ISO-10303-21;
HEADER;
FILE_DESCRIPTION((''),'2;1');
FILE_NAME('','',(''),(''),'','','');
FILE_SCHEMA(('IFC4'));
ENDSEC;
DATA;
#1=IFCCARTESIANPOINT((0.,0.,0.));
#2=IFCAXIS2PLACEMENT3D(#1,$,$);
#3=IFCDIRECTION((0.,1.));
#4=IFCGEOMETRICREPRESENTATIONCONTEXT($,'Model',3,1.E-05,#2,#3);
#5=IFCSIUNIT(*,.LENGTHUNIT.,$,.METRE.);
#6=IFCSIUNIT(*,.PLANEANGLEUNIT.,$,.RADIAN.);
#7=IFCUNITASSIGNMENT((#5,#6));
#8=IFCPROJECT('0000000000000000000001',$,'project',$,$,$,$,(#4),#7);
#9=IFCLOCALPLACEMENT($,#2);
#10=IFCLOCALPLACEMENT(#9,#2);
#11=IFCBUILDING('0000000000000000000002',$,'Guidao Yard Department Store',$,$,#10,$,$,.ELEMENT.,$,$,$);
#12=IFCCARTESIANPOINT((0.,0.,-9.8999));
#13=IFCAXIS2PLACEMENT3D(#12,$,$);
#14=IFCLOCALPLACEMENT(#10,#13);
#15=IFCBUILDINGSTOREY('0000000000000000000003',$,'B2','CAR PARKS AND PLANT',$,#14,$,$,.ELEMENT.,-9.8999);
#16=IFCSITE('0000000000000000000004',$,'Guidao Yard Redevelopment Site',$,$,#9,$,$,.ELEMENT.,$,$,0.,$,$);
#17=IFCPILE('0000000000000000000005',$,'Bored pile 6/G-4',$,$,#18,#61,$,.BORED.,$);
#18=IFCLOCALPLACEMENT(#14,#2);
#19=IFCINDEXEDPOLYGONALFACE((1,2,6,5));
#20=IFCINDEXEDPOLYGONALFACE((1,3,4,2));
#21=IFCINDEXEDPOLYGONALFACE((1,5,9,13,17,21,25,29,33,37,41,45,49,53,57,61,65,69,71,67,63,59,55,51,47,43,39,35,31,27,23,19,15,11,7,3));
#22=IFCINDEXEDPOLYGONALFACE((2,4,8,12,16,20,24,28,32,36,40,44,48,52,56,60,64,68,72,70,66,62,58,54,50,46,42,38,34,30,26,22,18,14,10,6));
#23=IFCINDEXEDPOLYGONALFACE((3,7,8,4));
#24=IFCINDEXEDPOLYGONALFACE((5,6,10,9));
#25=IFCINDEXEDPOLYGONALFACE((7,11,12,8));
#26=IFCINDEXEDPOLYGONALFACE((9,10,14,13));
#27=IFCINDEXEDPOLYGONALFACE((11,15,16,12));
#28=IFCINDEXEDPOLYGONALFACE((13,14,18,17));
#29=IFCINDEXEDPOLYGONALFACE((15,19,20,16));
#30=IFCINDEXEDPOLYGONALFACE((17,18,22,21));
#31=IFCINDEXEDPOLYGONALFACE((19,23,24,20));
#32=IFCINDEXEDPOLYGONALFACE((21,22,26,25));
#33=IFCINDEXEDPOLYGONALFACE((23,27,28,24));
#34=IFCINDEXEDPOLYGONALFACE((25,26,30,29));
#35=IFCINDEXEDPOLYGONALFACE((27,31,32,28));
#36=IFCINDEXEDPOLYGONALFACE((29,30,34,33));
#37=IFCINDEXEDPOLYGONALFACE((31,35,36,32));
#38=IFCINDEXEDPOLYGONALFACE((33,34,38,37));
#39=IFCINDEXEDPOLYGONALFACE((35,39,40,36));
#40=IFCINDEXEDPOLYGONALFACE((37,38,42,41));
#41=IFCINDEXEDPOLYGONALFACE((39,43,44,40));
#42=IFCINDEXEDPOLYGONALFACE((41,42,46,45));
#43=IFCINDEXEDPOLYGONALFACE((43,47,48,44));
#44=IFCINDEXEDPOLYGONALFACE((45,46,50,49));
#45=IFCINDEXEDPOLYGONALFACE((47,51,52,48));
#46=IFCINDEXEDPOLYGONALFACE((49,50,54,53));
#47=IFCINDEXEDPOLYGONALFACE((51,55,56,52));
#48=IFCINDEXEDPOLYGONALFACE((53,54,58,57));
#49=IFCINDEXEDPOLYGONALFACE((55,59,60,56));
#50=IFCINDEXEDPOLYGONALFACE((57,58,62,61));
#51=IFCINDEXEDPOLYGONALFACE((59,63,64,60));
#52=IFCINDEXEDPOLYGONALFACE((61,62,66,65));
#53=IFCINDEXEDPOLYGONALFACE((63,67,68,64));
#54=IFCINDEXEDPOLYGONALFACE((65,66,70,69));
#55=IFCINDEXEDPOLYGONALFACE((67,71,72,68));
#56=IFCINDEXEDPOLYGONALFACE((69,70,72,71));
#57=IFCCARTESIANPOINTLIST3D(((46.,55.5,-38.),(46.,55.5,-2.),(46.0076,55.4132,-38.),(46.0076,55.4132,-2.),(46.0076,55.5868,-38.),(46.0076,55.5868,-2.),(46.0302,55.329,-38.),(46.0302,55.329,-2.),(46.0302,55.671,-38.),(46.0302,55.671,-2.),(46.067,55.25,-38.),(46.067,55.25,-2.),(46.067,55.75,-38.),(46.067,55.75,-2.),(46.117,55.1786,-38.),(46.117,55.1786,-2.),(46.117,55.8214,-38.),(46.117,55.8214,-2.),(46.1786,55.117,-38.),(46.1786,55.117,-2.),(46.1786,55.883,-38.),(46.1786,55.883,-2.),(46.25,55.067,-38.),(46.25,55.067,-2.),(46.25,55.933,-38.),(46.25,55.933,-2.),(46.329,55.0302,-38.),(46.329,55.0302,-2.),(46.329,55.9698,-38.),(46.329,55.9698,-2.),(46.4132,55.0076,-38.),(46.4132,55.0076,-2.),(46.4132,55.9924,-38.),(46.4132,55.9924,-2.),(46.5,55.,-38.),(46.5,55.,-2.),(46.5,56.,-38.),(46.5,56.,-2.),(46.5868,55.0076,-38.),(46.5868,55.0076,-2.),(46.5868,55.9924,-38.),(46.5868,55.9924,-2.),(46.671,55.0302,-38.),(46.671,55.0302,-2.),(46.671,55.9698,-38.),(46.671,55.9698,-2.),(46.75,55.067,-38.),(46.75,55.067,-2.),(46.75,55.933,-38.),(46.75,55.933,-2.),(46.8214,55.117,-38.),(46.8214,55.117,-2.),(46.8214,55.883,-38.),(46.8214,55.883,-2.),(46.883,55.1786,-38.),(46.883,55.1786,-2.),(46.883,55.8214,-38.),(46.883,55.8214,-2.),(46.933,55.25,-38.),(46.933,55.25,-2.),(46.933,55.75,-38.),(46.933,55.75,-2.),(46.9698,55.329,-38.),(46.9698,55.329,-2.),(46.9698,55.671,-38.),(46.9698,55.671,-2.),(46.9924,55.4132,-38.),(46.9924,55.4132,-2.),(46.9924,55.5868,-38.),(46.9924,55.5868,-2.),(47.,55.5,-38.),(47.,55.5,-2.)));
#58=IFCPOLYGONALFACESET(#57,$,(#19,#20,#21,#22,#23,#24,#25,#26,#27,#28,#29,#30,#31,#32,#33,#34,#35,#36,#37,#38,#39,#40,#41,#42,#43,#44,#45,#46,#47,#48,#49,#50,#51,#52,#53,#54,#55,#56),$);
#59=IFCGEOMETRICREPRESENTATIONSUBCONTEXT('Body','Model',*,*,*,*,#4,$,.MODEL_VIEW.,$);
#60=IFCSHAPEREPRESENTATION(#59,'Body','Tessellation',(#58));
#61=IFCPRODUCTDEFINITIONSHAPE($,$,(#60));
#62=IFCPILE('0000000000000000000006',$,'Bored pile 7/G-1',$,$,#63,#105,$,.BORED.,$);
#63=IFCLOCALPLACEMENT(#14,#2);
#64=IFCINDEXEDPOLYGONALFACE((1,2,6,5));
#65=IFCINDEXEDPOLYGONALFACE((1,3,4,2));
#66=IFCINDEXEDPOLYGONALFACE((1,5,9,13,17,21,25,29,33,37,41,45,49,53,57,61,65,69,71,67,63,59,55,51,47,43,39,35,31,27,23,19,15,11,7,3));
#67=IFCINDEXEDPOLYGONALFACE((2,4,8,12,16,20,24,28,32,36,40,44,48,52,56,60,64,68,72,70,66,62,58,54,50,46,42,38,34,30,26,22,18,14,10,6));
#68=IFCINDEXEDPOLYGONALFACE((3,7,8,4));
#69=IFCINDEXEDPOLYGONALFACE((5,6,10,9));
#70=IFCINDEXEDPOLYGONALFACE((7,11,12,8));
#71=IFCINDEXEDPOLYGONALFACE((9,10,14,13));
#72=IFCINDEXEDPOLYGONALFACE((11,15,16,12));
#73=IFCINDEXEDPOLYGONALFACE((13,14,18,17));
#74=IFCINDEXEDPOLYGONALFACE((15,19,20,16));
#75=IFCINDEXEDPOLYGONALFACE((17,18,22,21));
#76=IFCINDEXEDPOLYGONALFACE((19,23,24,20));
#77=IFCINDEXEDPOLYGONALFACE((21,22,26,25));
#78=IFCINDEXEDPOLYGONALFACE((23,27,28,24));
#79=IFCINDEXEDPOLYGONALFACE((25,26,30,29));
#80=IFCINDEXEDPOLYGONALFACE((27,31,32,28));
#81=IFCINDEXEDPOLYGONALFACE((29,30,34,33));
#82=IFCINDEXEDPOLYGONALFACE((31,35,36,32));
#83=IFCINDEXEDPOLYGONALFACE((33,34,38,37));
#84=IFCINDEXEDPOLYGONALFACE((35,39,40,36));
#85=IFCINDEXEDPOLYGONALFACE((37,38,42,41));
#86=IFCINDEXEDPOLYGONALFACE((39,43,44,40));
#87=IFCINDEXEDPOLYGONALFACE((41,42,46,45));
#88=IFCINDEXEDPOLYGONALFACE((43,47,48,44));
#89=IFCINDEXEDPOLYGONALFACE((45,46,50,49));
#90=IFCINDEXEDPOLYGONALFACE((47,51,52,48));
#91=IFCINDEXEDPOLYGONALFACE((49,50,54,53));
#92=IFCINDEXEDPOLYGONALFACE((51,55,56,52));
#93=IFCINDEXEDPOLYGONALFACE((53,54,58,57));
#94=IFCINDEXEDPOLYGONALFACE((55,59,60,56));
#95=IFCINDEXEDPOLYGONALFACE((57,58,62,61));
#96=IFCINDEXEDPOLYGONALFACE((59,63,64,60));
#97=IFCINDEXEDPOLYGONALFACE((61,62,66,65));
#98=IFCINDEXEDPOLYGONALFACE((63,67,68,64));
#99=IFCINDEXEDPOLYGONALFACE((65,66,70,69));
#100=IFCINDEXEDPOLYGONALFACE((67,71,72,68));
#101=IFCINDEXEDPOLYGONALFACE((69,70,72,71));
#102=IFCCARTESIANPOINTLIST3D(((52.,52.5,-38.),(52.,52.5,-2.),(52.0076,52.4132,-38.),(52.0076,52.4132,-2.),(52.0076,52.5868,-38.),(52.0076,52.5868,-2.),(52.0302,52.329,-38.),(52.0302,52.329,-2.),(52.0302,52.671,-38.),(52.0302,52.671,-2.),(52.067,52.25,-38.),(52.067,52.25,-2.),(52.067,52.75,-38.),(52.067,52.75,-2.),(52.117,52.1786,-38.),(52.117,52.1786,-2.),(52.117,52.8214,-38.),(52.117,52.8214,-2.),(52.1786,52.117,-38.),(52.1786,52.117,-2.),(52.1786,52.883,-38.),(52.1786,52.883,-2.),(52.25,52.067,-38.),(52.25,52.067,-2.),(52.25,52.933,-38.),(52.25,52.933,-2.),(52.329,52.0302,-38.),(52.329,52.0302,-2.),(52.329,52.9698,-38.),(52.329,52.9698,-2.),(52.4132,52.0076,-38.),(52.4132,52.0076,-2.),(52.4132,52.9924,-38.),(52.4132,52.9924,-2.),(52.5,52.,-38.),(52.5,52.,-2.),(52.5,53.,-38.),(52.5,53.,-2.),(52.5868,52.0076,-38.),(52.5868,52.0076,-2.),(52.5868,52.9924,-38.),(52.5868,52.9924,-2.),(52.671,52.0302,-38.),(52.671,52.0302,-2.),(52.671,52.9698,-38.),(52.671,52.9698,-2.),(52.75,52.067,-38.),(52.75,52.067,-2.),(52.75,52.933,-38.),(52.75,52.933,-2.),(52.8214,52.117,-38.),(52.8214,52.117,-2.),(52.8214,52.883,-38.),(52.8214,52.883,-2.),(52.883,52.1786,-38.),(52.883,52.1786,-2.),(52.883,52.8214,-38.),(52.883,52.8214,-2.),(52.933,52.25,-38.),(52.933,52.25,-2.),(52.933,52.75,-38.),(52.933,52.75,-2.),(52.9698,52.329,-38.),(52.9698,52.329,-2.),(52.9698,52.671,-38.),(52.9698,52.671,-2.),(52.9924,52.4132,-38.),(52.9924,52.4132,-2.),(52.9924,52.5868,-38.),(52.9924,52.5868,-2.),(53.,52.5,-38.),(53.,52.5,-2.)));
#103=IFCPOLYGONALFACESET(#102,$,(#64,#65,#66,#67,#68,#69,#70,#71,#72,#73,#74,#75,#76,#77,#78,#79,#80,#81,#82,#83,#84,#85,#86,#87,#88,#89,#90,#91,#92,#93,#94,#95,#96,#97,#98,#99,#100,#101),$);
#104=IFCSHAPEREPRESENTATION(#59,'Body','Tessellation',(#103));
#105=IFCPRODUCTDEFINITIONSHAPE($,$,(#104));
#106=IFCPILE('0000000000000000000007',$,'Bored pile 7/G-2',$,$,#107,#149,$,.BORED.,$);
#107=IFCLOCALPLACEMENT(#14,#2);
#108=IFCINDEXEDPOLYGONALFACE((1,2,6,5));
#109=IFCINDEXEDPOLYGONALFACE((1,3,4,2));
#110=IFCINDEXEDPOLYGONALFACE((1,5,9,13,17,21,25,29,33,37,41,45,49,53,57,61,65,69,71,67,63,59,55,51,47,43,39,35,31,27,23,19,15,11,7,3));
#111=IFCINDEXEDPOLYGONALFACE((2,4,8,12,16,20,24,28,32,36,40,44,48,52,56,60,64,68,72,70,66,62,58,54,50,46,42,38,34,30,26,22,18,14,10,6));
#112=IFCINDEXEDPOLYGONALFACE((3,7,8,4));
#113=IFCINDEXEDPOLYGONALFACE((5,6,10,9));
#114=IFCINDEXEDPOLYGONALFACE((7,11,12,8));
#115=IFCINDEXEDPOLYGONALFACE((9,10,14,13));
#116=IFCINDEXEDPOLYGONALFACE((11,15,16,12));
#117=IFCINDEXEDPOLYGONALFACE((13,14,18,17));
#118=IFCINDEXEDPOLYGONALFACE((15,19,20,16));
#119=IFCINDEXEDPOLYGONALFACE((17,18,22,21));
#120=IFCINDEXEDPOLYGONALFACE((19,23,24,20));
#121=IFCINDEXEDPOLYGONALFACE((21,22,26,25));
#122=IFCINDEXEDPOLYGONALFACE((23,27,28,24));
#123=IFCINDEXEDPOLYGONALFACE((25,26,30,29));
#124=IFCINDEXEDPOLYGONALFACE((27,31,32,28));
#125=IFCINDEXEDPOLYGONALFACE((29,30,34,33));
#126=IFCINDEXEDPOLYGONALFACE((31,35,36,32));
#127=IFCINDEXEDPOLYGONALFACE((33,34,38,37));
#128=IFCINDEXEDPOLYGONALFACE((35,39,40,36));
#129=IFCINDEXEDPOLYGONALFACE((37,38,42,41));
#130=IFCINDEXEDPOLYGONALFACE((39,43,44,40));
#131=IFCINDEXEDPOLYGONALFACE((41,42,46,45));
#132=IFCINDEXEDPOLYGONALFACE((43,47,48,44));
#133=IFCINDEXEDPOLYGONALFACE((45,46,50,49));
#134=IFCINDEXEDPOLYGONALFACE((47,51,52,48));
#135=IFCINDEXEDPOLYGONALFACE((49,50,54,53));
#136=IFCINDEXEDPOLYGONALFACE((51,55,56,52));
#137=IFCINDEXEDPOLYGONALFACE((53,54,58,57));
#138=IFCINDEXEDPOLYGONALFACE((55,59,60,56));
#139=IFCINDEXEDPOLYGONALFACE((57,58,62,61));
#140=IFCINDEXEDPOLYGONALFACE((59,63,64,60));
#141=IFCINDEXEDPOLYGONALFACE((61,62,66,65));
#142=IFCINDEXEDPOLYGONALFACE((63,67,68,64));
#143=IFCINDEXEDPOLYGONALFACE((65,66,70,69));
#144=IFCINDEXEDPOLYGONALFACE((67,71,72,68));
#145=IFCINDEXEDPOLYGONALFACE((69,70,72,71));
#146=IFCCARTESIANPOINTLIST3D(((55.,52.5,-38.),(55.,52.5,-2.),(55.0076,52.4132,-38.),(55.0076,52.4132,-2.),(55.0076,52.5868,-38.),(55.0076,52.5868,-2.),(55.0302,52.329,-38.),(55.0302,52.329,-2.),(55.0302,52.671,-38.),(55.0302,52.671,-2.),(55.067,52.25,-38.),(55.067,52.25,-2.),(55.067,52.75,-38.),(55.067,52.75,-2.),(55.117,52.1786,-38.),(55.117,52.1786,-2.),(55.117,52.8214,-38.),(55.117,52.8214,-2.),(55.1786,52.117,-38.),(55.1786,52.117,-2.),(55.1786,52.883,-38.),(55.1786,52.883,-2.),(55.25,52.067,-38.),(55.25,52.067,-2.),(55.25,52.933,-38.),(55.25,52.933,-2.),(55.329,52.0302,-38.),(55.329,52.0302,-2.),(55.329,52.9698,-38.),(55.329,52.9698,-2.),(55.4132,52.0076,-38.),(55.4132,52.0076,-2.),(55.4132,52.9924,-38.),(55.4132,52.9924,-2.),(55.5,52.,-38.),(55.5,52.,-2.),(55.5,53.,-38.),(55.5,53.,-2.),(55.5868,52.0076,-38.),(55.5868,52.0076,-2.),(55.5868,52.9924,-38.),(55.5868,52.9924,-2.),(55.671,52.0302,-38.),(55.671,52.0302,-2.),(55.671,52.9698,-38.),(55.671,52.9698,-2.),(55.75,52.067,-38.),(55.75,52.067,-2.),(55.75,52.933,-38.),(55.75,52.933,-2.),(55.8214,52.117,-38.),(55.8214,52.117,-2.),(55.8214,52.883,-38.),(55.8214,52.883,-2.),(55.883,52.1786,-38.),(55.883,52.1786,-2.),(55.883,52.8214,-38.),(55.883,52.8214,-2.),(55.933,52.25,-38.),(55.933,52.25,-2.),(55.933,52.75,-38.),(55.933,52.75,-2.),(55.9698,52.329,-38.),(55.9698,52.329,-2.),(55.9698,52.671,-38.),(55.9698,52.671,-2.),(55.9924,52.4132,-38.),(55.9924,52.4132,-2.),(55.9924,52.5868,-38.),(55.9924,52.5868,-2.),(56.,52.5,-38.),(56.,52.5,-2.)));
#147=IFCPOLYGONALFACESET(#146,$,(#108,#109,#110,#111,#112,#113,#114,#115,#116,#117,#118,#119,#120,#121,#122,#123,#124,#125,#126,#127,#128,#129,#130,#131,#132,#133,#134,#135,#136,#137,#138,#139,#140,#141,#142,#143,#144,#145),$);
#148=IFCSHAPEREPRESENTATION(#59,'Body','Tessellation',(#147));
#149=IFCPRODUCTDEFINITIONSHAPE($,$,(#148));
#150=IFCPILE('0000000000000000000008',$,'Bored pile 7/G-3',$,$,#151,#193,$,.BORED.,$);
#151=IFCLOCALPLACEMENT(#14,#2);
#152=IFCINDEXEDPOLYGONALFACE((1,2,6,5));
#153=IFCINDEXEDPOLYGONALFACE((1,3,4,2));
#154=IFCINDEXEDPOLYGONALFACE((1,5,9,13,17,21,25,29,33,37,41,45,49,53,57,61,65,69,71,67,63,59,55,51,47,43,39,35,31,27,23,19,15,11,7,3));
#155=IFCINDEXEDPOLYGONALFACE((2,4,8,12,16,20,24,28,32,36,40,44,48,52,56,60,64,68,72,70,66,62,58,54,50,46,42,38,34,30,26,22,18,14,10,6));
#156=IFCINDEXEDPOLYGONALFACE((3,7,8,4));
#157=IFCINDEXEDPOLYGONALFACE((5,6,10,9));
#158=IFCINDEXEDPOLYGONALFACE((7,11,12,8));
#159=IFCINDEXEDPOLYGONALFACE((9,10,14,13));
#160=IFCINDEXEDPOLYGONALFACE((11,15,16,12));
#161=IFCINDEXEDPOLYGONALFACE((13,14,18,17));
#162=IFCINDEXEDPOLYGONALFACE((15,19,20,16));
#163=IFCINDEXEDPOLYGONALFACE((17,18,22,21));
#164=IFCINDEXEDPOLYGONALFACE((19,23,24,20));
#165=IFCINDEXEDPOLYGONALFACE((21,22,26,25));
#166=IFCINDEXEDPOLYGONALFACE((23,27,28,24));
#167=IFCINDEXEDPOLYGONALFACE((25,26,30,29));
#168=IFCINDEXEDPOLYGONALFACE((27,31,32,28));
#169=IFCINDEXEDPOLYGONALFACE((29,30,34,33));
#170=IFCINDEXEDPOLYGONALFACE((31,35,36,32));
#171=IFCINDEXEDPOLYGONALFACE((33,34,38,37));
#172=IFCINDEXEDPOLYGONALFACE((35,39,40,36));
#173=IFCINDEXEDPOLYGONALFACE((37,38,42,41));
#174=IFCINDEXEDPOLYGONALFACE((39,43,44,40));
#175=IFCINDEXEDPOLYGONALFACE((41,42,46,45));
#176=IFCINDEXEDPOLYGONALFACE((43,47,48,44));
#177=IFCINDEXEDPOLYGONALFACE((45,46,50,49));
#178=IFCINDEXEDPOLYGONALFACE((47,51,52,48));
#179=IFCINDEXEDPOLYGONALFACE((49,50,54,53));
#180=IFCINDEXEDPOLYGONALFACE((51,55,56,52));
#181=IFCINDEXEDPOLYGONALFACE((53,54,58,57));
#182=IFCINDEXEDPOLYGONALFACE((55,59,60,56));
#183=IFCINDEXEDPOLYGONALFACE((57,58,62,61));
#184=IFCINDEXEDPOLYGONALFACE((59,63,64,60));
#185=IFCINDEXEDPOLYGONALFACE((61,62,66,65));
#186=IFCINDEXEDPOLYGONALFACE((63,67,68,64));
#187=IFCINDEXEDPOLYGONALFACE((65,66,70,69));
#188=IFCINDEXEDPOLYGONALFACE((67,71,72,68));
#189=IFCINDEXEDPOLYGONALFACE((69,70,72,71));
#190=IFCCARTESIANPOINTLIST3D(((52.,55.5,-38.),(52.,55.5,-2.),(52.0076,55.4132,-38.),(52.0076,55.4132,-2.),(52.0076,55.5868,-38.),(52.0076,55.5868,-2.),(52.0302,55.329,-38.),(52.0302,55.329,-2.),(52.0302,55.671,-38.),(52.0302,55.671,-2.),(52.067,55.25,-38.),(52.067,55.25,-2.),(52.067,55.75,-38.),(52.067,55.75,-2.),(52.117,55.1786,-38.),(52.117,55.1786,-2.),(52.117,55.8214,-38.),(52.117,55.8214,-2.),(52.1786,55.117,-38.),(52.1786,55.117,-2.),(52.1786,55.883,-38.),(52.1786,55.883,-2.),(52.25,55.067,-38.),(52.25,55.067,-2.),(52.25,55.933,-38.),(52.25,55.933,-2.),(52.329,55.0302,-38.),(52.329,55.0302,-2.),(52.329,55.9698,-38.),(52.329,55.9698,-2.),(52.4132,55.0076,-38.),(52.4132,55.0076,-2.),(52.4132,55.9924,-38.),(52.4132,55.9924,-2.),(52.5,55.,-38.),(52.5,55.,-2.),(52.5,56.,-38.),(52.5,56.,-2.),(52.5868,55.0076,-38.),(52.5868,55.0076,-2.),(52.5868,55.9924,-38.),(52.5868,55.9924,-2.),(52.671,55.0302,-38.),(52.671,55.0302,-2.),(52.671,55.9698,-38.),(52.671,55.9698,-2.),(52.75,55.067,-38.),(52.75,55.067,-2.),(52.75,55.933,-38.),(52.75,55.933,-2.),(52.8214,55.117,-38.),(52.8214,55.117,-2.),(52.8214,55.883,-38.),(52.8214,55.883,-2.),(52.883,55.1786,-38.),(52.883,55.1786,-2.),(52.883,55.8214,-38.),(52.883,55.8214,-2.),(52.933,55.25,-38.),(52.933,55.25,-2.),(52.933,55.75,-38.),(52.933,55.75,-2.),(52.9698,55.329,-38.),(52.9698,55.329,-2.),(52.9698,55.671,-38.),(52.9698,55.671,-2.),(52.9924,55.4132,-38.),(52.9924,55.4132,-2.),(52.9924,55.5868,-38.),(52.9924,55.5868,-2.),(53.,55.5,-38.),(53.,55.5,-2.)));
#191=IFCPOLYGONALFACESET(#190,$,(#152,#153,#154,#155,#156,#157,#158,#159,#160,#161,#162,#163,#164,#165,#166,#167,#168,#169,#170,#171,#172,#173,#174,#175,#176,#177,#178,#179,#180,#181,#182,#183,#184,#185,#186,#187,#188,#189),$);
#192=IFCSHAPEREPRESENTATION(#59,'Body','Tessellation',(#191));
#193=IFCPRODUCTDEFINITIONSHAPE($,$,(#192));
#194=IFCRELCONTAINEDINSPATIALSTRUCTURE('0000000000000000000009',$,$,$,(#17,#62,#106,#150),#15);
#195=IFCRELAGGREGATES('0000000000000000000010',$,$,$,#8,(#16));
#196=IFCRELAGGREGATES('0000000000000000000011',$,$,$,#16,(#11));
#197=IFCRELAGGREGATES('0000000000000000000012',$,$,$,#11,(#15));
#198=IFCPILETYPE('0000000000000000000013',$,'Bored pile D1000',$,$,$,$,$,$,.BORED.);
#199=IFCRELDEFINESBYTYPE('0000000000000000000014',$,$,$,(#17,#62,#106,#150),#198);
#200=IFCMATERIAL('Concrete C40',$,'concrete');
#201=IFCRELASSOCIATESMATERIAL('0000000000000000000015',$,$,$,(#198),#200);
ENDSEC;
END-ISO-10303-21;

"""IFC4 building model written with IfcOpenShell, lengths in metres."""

from ifc_helpers import new_model, si_unit, direction, frame, origin, origin_2d, place, context, subcontext, project, spatial, circle, extrude, material, material_profile, profile_set, type_object, element, save


model = new_model("IFC4")

# Units and contexts
model_context = context("Model", 3, precision=1e-05, world=origin(), true_north=direction((0.0, 1.0)))
body_context = subcontext(model_context, "Body", "Model", "MODEL_VIEW")
ifc_project = project(units=[si_unit("LENGTHUNIT", "METRE"), si_unit("PLANEANGLEUNIT", "RADIAN")], contexts=[model_context])

# Site, building, storey
site_placement = place(None, origin())
site = spatial("IfcSite", under=ifc_project, at=site_placement, Name="Guidao Yard Redevelopment Site", CompositionType="ELEMENT", RefElevation=0.0)
building_placement = place(site_placement, origin())
building = spatial("IfcBuilding", under=site, at=building_placement, Name="Guidao Yard Department Store", CompositionType="ELEMENT")
storey_placement = place(building_placement, frame((0.0, 0.0, -9.8999)))
storey = spatial("IfcBuildingStorey", under=building, at=storey_placement, Name="B2", Description="CAR PARKS AND PLANT", CompositionType="ELEMENT", Elevation=-9.8999)

# Piles
ifc_material_1 = material(Name="Concrete C40", Category="concrete")
ifc_material_profile_1 = material_profile(ifc_material_1, circle(Radius=0.5, at=origin_2d()), Name="Bored pile D1000")
ifc_profile_set_1 = profile_set([ifc_material_profile_1], Name="Concrete C40")
pile_type = type_object("IfcPileType", Name="Bored pile D1000", PredefinedType="BORED", material=ifc_profile_set_1)
for number, where, z_axis, x_axis, name in (
    (1, (46.5, 55.5, -2.0), (0.0, 0.0, -1.0), (1.0, 0.0, 0.0), "Bored pile 6/G-4"),
    (2, (52.5, 52.5, -2.0), (0.0, 0.0, -1.0), (1.0, 0.0, 0.0), "Bored pile 7/G-1"),
    (3, (55.5, 52.5, -2.0), (0.0, 0.0, -1.0), (1.0, 0.0, 0.0), "Bored pile 7/G-2"),
    (4, (52.5, 55.5, -2.0), (0.0, 0.0, -1.0), (1.0, 0.0, 0.0), "Bored pile 7/G-3"),
):
    element("IfcPile", number, at=place(storey_placement, frame(where, z_axis=z_axis, x_axis=x_axis)), inside=storey, type_object=pile_type, Name=name, PredefinedType="BORED", context=body_context, shape_type="SweptSolid", body=[
        extrude(circle(Radius=0.5, at=origin_2d()), origin(), (0.0, 0.0, 1.0), 36.0),
    ])

save(model, "model.ifc")
